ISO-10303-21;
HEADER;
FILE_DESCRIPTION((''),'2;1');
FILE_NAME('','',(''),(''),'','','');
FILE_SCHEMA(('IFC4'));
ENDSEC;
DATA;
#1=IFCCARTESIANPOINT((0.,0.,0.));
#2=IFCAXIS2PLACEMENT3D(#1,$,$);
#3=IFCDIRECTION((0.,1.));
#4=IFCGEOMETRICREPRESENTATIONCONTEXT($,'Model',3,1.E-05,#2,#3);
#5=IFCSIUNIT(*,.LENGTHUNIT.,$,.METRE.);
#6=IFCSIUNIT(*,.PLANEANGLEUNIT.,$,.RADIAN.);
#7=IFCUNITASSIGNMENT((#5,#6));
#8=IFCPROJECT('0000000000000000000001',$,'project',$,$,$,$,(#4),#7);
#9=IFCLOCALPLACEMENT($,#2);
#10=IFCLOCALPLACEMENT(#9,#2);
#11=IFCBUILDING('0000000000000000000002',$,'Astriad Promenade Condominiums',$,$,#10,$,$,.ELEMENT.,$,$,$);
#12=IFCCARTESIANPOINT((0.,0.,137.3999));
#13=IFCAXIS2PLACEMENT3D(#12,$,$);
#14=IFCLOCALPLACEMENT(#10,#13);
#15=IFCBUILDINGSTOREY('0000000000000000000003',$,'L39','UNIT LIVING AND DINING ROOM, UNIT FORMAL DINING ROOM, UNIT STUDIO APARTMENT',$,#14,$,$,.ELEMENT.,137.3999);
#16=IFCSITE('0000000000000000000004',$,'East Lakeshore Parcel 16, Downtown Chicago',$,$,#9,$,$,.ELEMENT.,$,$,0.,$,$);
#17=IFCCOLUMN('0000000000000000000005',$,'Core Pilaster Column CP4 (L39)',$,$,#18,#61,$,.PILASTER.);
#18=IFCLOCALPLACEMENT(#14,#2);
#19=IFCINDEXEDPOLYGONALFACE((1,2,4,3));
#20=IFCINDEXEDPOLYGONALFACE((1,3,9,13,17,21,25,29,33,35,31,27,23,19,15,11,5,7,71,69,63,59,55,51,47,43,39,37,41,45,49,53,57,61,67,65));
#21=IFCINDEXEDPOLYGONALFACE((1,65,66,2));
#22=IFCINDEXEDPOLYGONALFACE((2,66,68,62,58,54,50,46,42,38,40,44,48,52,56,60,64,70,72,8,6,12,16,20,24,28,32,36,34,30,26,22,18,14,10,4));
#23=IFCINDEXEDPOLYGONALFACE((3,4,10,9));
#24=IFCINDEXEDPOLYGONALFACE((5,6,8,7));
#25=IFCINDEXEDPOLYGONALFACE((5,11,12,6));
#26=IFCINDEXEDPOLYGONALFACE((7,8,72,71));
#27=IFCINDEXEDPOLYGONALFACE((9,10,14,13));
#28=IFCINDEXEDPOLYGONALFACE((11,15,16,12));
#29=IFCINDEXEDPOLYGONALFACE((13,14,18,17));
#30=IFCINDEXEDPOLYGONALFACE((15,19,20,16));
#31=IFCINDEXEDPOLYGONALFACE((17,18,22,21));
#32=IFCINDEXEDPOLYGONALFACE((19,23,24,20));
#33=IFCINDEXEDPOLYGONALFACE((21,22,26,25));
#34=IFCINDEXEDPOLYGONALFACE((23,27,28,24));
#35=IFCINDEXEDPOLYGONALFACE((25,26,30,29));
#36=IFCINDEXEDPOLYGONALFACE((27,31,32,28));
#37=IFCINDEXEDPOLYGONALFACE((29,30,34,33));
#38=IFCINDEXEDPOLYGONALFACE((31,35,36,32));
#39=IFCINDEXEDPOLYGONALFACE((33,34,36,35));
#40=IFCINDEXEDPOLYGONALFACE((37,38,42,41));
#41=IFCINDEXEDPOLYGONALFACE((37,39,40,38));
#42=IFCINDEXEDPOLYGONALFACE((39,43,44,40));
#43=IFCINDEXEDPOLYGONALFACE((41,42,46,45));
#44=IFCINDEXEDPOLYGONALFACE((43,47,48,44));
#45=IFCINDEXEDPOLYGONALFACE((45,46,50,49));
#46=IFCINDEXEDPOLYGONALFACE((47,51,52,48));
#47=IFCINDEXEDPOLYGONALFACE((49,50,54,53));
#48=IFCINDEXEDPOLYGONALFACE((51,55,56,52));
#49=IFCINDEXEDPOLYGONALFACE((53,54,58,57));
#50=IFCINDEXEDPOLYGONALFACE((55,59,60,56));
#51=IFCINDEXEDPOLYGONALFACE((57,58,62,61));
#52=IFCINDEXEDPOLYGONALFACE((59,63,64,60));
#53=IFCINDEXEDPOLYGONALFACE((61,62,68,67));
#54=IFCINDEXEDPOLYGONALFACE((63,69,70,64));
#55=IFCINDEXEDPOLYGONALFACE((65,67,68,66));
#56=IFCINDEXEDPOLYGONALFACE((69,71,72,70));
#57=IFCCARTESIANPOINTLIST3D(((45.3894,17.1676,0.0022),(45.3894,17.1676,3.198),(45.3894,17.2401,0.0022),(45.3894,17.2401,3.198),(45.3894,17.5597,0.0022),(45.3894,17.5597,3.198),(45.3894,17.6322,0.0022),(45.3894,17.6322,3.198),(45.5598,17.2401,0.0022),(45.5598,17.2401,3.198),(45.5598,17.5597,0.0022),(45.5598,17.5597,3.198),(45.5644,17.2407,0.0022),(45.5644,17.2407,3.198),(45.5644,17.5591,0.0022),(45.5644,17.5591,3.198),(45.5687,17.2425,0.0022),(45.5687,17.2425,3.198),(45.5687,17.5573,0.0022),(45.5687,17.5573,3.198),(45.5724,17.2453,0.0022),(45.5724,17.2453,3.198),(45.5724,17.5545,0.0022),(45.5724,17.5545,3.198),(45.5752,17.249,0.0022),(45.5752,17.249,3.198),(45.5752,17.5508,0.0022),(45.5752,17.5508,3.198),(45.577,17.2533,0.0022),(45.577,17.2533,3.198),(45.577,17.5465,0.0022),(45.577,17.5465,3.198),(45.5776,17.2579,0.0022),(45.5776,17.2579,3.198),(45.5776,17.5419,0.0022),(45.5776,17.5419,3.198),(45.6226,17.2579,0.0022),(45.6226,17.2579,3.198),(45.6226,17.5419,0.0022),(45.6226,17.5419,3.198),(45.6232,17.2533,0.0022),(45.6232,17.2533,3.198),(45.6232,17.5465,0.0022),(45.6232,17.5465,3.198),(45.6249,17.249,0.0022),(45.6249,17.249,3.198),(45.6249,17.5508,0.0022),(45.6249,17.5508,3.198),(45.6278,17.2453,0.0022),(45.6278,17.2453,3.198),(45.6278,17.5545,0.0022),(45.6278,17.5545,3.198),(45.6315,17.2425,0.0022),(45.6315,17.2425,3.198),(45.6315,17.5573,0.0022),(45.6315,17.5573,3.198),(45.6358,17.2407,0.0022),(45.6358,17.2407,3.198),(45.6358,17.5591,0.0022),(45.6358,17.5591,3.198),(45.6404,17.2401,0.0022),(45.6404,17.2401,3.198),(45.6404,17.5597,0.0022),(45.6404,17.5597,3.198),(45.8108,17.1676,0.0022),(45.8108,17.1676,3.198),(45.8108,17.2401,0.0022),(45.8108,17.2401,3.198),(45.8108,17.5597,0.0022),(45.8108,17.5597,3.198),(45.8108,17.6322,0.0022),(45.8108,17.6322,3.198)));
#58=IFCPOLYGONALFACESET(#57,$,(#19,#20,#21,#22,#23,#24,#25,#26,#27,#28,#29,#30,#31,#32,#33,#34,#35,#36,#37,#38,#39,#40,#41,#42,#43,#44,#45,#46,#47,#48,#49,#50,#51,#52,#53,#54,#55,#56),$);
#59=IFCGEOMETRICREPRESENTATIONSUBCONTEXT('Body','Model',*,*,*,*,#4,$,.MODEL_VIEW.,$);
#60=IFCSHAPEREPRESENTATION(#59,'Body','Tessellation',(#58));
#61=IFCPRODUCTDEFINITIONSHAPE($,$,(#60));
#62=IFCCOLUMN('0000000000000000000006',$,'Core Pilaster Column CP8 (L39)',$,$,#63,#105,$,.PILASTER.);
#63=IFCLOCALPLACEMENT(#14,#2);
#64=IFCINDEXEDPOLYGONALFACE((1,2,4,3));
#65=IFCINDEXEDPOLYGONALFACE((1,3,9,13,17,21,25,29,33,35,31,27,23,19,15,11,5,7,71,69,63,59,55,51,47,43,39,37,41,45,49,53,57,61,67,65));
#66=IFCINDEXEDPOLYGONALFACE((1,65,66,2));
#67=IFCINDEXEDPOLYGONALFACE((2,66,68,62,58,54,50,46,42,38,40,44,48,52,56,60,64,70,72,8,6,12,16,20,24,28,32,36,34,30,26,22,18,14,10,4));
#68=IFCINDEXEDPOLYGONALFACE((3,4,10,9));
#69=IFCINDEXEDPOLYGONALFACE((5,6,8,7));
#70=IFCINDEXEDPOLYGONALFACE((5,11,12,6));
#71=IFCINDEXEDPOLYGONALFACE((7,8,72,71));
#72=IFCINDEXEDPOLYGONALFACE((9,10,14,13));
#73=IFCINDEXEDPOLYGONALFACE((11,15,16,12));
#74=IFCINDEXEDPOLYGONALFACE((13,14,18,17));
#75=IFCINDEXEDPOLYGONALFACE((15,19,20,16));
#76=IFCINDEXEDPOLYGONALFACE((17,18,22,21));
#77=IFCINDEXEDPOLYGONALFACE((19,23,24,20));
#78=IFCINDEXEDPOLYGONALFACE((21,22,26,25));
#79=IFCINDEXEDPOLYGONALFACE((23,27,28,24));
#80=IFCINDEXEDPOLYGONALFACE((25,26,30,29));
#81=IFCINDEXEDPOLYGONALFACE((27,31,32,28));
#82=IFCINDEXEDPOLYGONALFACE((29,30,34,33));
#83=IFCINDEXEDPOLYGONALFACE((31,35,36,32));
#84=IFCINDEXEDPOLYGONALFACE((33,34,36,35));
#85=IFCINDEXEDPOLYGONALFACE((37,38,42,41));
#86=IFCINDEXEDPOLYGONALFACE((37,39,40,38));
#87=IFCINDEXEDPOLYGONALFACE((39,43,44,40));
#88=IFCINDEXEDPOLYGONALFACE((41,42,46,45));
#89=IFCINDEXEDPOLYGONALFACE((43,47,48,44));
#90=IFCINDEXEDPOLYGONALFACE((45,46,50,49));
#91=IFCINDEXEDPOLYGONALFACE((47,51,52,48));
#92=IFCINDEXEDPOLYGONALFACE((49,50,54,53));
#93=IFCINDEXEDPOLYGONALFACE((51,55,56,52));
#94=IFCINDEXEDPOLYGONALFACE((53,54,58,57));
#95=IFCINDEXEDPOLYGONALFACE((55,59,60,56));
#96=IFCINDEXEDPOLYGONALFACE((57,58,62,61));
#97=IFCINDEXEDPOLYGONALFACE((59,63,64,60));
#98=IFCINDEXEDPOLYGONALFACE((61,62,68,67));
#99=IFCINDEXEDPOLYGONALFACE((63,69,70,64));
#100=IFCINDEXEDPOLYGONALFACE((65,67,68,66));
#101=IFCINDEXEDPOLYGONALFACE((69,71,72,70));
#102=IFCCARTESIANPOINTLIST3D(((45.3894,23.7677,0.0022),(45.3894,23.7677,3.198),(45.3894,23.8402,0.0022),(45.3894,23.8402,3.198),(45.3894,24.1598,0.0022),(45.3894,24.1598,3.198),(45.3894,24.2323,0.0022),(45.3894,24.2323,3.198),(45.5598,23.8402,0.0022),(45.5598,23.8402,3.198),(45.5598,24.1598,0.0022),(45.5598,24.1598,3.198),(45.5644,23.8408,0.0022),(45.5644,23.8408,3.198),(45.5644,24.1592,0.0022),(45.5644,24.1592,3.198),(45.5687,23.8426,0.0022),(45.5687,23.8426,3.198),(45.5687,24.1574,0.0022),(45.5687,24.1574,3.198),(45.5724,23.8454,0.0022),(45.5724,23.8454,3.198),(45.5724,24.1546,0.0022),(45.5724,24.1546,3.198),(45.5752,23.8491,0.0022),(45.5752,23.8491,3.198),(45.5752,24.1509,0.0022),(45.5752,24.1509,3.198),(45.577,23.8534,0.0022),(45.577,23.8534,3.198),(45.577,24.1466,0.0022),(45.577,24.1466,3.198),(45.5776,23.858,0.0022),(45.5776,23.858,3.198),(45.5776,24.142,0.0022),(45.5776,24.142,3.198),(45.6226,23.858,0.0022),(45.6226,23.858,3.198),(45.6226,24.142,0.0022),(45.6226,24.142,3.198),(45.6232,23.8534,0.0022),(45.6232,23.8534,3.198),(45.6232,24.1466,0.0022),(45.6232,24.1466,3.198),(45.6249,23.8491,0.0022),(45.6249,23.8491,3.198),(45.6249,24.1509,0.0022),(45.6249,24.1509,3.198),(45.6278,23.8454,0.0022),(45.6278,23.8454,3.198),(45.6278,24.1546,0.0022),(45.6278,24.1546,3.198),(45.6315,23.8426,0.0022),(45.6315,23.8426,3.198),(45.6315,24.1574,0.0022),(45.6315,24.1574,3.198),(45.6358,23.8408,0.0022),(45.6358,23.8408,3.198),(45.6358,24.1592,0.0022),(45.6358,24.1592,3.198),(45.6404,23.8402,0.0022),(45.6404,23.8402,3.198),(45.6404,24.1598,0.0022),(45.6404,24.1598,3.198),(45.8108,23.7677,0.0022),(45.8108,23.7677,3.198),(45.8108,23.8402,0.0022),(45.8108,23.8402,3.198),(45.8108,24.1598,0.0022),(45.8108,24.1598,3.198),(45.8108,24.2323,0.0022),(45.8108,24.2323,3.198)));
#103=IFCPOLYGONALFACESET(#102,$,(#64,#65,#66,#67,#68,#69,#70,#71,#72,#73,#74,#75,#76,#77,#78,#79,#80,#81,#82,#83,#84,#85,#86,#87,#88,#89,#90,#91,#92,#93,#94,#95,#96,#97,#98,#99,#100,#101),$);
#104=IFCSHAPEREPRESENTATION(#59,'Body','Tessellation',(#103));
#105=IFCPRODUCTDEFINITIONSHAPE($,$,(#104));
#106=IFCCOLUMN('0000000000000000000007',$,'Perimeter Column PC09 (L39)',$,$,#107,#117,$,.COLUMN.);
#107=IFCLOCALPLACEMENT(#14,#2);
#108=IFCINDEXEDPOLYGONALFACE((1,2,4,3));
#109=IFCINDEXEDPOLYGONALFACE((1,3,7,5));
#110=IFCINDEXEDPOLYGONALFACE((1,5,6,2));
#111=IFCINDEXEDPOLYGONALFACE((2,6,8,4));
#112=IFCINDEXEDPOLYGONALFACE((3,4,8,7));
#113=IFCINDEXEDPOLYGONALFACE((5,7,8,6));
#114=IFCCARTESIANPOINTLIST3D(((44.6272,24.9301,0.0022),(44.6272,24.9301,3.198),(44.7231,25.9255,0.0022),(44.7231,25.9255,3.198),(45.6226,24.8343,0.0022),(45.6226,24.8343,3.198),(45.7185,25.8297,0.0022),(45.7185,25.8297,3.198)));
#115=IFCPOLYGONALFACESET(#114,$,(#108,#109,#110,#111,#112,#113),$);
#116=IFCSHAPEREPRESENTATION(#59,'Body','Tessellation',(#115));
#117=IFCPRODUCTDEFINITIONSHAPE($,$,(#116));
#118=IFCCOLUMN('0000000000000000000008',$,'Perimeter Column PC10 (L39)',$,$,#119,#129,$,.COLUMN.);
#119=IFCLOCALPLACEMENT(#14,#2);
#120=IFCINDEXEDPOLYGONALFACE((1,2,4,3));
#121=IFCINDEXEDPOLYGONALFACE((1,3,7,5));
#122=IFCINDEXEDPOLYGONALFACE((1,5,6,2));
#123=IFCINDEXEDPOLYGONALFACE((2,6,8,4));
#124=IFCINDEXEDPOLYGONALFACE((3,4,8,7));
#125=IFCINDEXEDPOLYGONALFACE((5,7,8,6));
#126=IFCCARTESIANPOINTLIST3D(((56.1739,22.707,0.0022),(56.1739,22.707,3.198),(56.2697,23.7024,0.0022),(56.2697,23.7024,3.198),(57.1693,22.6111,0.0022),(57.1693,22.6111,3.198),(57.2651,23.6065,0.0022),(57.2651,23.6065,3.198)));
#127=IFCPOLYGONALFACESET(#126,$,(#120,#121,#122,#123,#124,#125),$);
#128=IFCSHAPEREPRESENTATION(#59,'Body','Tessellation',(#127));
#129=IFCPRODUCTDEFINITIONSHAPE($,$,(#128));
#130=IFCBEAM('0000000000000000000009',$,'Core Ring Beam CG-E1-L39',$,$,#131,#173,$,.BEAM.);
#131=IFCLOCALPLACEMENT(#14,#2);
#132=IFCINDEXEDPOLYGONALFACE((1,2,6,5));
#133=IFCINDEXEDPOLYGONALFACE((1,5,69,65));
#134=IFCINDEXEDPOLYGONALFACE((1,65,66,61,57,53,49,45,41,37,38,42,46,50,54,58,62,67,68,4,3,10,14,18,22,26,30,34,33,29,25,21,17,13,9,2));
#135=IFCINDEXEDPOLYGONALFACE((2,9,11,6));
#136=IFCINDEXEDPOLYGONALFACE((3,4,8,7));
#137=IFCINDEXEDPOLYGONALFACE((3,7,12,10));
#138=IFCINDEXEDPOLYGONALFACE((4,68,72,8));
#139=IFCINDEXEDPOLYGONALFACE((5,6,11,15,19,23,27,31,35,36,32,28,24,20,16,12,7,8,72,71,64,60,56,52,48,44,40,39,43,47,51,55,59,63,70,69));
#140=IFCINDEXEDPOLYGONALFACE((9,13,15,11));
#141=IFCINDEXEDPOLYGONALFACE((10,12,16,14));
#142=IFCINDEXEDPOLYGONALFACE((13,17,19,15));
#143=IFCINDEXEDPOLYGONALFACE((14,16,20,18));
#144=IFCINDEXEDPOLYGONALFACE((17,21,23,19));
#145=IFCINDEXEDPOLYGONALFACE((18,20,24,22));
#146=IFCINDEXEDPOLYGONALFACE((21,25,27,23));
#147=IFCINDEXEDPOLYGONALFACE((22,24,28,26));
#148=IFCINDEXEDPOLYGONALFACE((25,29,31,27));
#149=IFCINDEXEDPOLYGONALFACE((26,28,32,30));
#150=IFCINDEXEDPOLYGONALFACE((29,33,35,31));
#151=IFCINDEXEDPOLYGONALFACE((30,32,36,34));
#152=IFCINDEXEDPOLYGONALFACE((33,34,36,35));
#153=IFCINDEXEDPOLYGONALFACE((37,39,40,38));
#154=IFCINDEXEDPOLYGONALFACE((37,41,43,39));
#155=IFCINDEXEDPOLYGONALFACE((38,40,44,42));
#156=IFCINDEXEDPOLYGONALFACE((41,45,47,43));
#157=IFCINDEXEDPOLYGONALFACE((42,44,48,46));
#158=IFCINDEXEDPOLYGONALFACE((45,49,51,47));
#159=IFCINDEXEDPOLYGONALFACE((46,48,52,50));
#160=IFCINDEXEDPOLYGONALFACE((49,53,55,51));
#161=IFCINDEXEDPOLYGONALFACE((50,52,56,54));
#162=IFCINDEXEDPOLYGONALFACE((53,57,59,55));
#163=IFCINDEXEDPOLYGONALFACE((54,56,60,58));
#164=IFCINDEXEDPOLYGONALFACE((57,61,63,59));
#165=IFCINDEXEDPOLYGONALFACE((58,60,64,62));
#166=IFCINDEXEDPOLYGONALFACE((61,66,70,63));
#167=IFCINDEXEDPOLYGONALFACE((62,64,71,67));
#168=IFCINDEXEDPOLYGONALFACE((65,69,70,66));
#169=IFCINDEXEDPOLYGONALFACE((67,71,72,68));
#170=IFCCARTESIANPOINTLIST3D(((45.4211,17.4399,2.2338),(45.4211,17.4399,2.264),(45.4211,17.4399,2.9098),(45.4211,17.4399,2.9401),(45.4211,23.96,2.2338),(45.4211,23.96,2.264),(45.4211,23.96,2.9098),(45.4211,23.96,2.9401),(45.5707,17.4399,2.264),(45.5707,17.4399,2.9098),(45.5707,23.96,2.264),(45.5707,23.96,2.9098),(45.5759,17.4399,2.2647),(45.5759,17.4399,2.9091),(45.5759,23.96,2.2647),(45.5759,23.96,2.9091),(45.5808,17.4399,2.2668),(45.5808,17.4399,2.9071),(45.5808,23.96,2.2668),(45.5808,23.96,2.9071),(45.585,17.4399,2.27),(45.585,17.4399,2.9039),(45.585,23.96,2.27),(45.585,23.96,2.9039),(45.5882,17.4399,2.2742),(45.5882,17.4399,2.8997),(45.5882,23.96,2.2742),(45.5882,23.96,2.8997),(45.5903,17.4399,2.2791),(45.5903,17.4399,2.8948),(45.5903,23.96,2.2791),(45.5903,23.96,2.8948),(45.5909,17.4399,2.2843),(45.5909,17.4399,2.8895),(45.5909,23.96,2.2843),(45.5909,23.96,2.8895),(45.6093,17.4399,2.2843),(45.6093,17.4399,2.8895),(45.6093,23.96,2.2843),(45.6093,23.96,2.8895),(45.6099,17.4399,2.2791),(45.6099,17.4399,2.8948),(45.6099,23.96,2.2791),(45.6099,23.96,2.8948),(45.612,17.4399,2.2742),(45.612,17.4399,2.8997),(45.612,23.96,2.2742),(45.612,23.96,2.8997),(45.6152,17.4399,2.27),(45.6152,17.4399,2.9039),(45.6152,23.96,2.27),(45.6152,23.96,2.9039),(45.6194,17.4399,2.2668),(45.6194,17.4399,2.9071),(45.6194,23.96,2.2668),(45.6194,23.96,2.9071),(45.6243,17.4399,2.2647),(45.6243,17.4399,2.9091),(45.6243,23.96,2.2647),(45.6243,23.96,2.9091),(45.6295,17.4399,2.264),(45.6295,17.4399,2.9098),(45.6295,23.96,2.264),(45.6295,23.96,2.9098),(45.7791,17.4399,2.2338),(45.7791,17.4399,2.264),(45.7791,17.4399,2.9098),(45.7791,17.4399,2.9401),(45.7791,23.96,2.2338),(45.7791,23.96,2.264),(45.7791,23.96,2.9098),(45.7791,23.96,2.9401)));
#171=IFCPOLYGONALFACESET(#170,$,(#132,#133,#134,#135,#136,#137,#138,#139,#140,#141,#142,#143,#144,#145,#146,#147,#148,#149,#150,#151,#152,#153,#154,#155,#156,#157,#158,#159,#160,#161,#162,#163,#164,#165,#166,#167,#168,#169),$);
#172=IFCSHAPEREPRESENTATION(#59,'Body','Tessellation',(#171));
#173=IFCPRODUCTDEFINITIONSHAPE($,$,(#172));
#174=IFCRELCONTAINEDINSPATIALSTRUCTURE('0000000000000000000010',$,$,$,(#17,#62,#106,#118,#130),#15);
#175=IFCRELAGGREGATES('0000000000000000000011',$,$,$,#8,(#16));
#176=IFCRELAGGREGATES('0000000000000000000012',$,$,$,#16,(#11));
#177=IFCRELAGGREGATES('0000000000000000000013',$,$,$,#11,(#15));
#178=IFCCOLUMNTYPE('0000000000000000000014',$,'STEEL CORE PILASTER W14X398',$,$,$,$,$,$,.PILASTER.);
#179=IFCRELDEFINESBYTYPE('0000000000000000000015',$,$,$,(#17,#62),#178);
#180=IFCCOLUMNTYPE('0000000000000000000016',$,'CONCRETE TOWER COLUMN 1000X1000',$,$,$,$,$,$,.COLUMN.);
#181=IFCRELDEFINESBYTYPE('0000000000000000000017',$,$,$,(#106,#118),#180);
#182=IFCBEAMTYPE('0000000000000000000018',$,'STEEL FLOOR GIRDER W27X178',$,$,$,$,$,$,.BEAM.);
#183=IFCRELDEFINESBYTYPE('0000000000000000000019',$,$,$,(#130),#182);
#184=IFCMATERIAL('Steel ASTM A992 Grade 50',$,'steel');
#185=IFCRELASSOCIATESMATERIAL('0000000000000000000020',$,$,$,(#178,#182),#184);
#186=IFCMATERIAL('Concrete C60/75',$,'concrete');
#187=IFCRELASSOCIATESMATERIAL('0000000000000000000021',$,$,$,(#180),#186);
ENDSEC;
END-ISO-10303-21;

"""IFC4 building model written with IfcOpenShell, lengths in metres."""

from ifc_helpers import new_model, si_unit, direction, frame, origin, origin_2d, place, context, subcontext, project, spatial, rectangle, i_section, extrude, source, transform, mapped, material, material_profile, profile_set, type_object, type_shapes, element, save


model = new_model("IFC4")

# Units and contexts
model_context = context("Model", 3, precision=1e-05, world=origin(), true_north=direction((0.0, 1.0)))
body_context = subcontext(model_context, "Body", "Model", "MODEL_VIEW")
ifc_project = project(units=[si_unit("LENGTHUNIT", "METRE"), si_unit("PLANEANGLEUNIT", "RADIAN")], contexts=[model_context])

# Site, building, storey
site_placement = place(None, origin())
site = spatial("IfcSite", under=ifc_project, at=site_placement, Name="East Lakeshore Parcel 16, Downtown Chicago", CompositionType="ELEMENT", RefElevation=0.0)
building_placement = place(site_placement, origin())
building = spatial("IfcBuilding", under=site, at=building_placement, Name="Astriad Promenade Condominiums", CompositionType="ELEMENT")
storey_placement = place(building_placement, frame((0.0, 0.0, 137.3999)))
storey = spatial("IfcBuildingStorey", under=building, at=storey_placement, Name="L39", Description="UNIT LIVING AND DINING ROOM, UNIT FORMAL DINING ROOM, UNIT STUDIO APARTMENT", CompositionType="ELEMENT", Elevation=137.3999)

# Columns
ifc_material_1 = material(Name="Steel ASTM A992 Grade 50", Category="steel")
ifc_material_profile_1 = material_profile(ifc_material_1, i_section(OverallWidth=0.4214, OverallDepth=0.4646, WebThickness=0.0449, FlangeThickness=0.0725, FilletRadius=0.0178, at=origin_2d()), Name="W14X398")
ifc_profile_set_1 = profile_set([ifc_material_profile_1], Name="Steel ASTM A992 Grade 50")
column_type_1 = type_object("IfcColumnType", Name="STEEL CORE PILASTER W14X398", PredefinedType="PILASTER", material=ifc_profile_set_1)
shared_shape_1 = source(origin(), body_context, "Body", "SweptSolid", [
    extrude(i_section(OverallWidth=0.4214, OverallDepth=0.4646, WebThickness=0.0449, FlangeThickness=0.0725, FilletRadius=0.0178, at=origin_2d()), origin(), (0.0, 0.0, 1.0), 3.1958),
])
type_shapes(column_type_1, [shared_shape_1])
for number, where, z_axis, x_axis, name in (
    (1, (45.6001, 17.3999, 0.0022), (0.0, 0.0, 1.0), (1.0, 0.0, 0.0), "Core Pilaster Column CP4 (L39)"),
    (2, (45.6001, 24.0, 0.0022), (0.0, 0.0, 1.0), (1.0, 0.0, 0.0), "Core Pilaster Column CP8 (L39)"),
):
    element("IfcColumn", number, at=place(storey_placement, frame(where, z_axis=z_axis, x_axis=x_axis)), inside=storey, type_object=column_type_1, Name=name, PredefinedType="PILASTER", context=body_context, shape_type="MappedRepresentation", body=[
        mapped(shared_shape_1, transform((0.0, 0.0, 0.0), scale=1.0)),
    ])
ifc_material_2 = material(Name="Concrete C60/75", Category="concrete")
ifc_material_profile_2 = material_profile(ifc_material_2, rectangle(XDim=1.0, YDim=1.0, at=origin_2d()), Name="RC-COL-1000X1000")
ifc_profile_set_2 = profile_set([ifc_material_profile_2], Name="Concrete C60/75")
column_type_2 = type_object("IfcColumnType", Name="CONCRETE TOWER COLUMN 1000X1000", PredefinedType="COLUMN", material=ifc_profile_set_2)
shared_shape_2 = source(origin(), body_context, "Body", "SweptSolid", [
    extrude(rectangle(XDim=1.0, YDim=1.0, at=origin_2d()), origin(), (0.0, 0.0, 1.0), 3.1958),
])
type_shapes(column_type_2, [shared_shape_2])
for number, where, z_axis, x_axis, name in (
    (3, (45.1729, 25.3799, 0.0022), (0.0, 0.0, 1.0), (0.995396, -0.095846, 0.0), "Perimeter Column PC09 (L39)"),
    (4, (56.7195, 23.1567, 0.0022), (0.0, 0.0, 1.0), (0.995396, -0.095846, 0.0), "Perimeter Column PC10 (L39)"),
):
    element("IfcColumn", number, at=place(storey_placement, frame(where, z_axis=z_axis, x_axis=x_axis)), inside=storey, type_object=column_type_2, Name=name, PredefinedType="COLUMN", context=body_context, shape_type="MappedRepresentation", body=[
        mapped(shared_shape_2, transform((0.0, 0.0, 0.0), scale=1.0)),
    ])

# Beam
ifc_material_profile_3 = material_profile(ifc_material_1, i_section(OverallWidth=0.3579, OverallDepth=0.7063, WebThickness=0.0183, FlangeThickness=0.0303, FilletRadius=0.0203, at=origin_2d()), Name="W27X178")
ifc_profile_set_3 = profile_set([ifc_material_profile_3], Name="Steel ASTM A992 Grade 50")
beam_type_1 = type_object("IfcBeamType", Name="STEEL FLOOR GIRDER W27X178", PredefinedType="BEAM", material=ifc_profile_set_3)
shared_shape_3 = source(origin(), body_context, "Body", "SweptSolid", [
    extrude(i_section(OverallWidth=0.3579, OverallDepth=0.7063, WebThickness=0.0183, FlangeThickness=0.0303, FilletRadius=0.0203, at=origin_2d()), origin(), (0.0, 0.0, 1.0), 6.52),
])
beam_1_placement = place(storey_placement, frame((45.6001, 17.4399, 2.5869), z_axis=(0.0, 1.0, 0.0), x_axis=(-1.0, 0.0, 0.0)))
element("IfcBeam", 5, at=beam_1_placement, inside=storey, type_object=beam_type_1, Name="Core Ring Beam CG-E1-L39", PredefinedType="BEAM", context=body_context, shape_type="MappedRepresentation", body=[
    mapped(shared_shape_3, transform((0.0, 0.0, 0.0), scale=1.0)),
])

save(model, "model.ifc")
